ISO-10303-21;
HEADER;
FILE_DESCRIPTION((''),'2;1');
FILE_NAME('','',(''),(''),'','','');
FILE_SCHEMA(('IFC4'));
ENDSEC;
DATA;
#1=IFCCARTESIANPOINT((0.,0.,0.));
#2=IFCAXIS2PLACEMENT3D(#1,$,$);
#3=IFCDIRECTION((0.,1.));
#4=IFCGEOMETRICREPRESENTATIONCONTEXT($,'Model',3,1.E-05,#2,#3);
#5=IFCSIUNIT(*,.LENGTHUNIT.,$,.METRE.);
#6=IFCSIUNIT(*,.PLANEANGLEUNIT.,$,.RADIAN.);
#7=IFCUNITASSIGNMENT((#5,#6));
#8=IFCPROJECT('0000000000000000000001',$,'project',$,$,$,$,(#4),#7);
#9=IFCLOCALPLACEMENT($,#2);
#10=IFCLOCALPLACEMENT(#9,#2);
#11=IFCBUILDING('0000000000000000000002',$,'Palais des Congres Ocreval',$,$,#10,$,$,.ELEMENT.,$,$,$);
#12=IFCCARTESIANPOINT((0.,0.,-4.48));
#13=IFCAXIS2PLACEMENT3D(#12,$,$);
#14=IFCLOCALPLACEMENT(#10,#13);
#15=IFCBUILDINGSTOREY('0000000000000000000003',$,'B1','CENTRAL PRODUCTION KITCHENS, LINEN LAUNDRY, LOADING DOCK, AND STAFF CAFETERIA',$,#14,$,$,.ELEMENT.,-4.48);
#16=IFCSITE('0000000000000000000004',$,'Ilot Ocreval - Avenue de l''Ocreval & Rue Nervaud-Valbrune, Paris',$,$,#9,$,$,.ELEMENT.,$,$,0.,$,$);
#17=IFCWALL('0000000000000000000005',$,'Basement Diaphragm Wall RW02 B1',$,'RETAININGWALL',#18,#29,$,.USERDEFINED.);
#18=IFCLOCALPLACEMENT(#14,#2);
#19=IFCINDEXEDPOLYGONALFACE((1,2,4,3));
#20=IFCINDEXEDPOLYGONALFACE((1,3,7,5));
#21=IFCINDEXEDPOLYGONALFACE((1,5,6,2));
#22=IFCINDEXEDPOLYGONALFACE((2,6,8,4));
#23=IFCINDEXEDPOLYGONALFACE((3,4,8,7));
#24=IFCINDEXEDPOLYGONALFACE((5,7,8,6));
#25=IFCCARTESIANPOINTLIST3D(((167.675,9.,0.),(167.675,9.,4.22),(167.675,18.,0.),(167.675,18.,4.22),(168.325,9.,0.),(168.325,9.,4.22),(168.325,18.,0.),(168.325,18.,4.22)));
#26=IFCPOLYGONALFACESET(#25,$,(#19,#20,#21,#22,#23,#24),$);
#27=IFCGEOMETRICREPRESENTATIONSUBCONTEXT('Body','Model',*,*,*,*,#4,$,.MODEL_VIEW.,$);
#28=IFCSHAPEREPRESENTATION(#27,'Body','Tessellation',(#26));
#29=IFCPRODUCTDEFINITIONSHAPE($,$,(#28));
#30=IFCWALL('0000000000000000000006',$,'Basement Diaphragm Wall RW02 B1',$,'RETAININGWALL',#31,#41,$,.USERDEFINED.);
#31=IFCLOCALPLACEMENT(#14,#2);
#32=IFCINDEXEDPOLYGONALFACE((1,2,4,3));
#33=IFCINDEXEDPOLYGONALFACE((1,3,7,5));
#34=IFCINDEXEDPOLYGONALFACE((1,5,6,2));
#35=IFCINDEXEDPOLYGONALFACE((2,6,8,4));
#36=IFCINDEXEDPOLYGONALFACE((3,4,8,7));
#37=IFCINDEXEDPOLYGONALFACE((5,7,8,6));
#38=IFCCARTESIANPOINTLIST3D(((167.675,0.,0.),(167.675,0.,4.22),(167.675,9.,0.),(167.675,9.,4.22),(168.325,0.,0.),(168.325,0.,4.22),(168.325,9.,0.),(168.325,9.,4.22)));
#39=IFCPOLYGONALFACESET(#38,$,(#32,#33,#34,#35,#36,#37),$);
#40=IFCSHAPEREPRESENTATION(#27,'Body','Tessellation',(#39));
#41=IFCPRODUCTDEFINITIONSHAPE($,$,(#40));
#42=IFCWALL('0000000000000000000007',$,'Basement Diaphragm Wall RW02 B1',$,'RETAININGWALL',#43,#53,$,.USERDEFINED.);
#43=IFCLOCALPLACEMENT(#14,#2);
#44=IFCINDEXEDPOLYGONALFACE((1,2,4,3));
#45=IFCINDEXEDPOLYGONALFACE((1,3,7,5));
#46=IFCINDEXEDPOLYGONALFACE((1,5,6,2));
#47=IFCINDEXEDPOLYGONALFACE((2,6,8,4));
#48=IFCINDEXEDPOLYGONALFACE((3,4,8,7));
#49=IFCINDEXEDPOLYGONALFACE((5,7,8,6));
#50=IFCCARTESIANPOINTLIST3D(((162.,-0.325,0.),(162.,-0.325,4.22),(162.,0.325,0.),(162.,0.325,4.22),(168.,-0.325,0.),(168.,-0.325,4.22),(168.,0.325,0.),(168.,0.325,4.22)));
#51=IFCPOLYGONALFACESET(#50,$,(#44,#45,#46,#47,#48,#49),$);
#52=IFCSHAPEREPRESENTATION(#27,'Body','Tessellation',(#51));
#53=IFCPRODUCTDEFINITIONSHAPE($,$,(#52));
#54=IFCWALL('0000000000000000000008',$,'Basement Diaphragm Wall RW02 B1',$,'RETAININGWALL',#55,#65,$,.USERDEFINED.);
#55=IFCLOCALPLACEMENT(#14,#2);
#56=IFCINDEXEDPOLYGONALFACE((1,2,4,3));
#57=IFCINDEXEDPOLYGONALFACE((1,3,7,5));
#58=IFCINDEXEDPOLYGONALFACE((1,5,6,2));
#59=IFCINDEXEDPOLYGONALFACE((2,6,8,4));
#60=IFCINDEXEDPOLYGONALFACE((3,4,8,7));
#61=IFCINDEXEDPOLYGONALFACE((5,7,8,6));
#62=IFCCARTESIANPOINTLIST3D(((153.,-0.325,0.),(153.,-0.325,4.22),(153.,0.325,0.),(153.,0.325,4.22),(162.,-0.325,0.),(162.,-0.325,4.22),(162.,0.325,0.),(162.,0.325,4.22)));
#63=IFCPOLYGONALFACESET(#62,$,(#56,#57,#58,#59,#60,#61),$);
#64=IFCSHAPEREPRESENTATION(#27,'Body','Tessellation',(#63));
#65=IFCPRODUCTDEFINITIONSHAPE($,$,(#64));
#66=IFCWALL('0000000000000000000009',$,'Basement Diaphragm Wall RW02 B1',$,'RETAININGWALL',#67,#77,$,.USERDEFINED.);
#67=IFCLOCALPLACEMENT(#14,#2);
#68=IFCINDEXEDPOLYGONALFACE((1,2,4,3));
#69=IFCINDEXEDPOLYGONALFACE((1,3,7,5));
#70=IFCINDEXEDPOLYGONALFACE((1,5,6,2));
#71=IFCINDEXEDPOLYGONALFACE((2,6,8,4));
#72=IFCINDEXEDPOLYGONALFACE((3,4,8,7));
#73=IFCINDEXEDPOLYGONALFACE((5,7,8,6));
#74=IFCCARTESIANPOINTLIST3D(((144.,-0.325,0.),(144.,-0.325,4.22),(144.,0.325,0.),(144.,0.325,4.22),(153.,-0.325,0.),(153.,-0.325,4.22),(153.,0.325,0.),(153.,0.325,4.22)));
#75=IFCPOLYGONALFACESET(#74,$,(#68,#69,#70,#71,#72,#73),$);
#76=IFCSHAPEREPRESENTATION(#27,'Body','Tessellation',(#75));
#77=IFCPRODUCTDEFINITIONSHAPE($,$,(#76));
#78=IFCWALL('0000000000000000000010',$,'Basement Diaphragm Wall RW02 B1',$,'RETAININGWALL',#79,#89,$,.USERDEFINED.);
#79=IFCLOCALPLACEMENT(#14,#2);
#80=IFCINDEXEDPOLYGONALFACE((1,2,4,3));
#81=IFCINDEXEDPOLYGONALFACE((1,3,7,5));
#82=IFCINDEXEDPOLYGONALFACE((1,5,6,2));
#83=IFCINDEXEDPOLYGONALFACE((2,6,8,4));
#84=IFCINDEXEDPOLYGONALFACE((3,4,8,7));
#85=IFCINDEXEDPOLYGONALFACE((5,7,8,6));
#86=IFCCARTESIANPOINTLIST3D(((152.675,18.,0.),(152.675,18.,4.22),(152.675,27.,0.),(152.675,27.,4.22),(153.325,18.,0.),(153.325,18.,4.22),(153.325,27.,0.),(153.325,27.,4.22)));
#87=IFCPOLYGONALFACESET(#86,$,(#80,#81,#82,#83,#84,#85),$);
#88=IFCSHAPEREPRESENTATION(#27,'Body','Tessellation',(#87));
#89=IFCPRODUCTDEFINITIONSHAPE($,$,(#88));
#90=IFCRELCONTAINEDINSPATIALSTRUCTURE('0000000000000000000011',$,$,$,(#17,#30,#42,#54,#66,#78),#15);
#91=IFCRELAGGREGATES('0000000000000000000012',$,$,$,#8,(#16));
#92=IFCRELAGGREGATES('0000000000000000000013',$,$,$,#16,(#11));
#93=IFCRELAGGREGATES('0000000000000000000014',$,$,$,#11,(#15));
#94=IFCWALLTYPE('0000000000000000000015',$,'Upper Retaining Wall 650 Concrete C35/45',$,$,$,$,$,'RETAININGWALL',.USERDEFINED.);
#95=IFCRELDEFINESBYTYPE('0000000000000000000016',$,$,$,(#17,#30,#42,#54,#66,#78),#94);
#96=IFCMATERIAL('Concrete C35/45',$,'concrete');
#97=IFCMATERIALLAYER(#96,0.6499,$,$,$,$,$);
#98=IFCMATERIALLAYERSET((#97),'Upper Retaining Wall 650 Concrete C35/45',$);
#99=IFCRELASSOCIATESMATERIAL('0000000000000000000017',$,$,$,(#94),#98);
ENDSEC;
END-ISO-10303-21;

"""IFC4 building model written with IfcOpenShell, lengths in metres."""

from ifc_helpers import new_model, si_unit, direction, frame, frame_2d, origin, place, context, subcontext, project, spatial, rectangle, extrude, material, layer, layer_set, type_object, element, save


model = new_model("IFC4")

# Units and contexts
model_context = context("Model", 3, precision=1e-05, world=origin(), true_north=direction((0.0, 1.0)))
body_context = subcontext(model_context, "Body", "Model", "MODEL_VIEW")
ifc_project = project(units=[si_unit("LENGTHUNIT", "METRE"), si_unit("PLANEANGLEUNIT", "RADIAN")], contexts=[model_context])

# Site, building, storey
site_placement = place(None, origin())
site = spatial("IfcSite", under=ifc_project, at=site_placement, Name="Ilot Ocreval - Avenue de l'Ocreval & Rue Nervaud-Valbrune, Paris", CompositionType="ELEMENT", RefElevation=0.0)
building_placement = place(site_placement, origin())
building = spatial("IfcBuilding", under=site, at=building_placement, Name="Palais des Congres Ocreval", CompositionType="ELEMENT")
storey_placement = place(building_placement, frame((0.0, 0.0, -4.48)))
storey = spatial("IfcBuildingStorey", under=building, at=storey_placement, Name="B1", Description="CENTRAL PRODUCTION KITCHENS, LINEN LAUNDRY, LOADING DOCK, AND STAFF CAFETERIA", CompositionType="ELEMENT", Elevation=-4.48)

# Shared definitions
ifc_material_1 = material(Name="Concrete C35/45", Category="concrete")

# Walls
ifc_layer_1 = layer(ifc_material_1, 0.6499)
ifc_layer_set_1 = layer_set([ifc_layer_1], Name="Upper Retaining Wall 650 Concrete C35/45")
wall_type_1 = type_object("IfcWallType", Name="Upper Retaining Wall 650 Concrete C35/45", ElementType="RETAININGWALL", PredefinedType="USERDEFINED", material=ifc_layer_set_1)
for number, where, z_axis, x_axis, name in (
    (1, (168.0, 18.0, 0.0), (0.0, 0.0, 1.0), (0.0, -1.0, 0.0), "Basement Diaphragm Wall RW02 B1"),
    (2, (168.0, 9.0, 0.0), (0.0, 0.0, 1.0), (0.0, -1.0, 0.0), "Basement Diaphragm Wall RW02 B1"),
):
    element("IfcWall", number, at=place(storey_placement, frame(where, z_axis=z_axis, x_axis=x_axis)), inside=storey, type_object=wall_type_1, Name=name, ObjectType="RETAININGWALL", PredefinedType="USERDEFINED", context=body_context, shape_type="SweptSolid", body=[
        extrude(rectangle(XDim=9.0, YDim=0.6499, at=frame_2d((4.5, 0.0))), origin(), (0.0, 0.0, 1.0), 4.22),
    ])
wall_1_placement = place(storey_placement, frame((168.0, 0.0, 0.0), z_axis=(0.0, 0.0, 1.0), x_axis=(-1.0, 0.0, 0.0)))
element("IfcWall", 3, at=wall_1_placement, inside=storey, type_object=wall_type_1, Name="Basement Diaphragm Wall RW02 B1", ObjectType="RETAININGWALL", PredefinedType="USERDEFINED", context=body_context, shape_type="SweptSolid", body=[
    extrude(rectangle(XDim=6.0, YDim=0.6499, at=frame_2d((3.0, 0.0))), origin(), (0.0, 0.0, 1.0), 4.22),
])
for number, where, z_axis, x_axis, name in (
    (4, (162.0, 0.0, 0.0), (0.0, 0.0, 1.0), (-1.0, 0.0, 0.0), "Basement Diaphragm Wall RW02 B1"),
    (5, (153.0, 0.0, 0.0), (0.0, 0.0, 1.0), (-1.0, 0.0, 0.0), "Basement Diaphragm Wall RW02 B1"),
    (6, (153.0, 18.0, 0.0), (0.0, 0.0, 1.0), (0.0, 1.0, 0.0), "Basement Diaphragm Wall RW02 B1"),
):
    element("IfcWall", number, at=place(storey_placement, frame(where, z_axis=z_axis, x_axis=x_axis)), inside=storey, type_object=wall_type_1, Name=name, ObjectType="RETAININGWALL", PredefinedType="USERDEFINED", context=body_context, shape_type="SweptSolid", body=[
        extrude(rectangle(XDim=9.0, YDim=0.6499, at=frame_2d((4.5, 0.0))), origin(), (0.0, 0.0, 1.0), 4.22),
    ])

save(model, "model.ifc")
